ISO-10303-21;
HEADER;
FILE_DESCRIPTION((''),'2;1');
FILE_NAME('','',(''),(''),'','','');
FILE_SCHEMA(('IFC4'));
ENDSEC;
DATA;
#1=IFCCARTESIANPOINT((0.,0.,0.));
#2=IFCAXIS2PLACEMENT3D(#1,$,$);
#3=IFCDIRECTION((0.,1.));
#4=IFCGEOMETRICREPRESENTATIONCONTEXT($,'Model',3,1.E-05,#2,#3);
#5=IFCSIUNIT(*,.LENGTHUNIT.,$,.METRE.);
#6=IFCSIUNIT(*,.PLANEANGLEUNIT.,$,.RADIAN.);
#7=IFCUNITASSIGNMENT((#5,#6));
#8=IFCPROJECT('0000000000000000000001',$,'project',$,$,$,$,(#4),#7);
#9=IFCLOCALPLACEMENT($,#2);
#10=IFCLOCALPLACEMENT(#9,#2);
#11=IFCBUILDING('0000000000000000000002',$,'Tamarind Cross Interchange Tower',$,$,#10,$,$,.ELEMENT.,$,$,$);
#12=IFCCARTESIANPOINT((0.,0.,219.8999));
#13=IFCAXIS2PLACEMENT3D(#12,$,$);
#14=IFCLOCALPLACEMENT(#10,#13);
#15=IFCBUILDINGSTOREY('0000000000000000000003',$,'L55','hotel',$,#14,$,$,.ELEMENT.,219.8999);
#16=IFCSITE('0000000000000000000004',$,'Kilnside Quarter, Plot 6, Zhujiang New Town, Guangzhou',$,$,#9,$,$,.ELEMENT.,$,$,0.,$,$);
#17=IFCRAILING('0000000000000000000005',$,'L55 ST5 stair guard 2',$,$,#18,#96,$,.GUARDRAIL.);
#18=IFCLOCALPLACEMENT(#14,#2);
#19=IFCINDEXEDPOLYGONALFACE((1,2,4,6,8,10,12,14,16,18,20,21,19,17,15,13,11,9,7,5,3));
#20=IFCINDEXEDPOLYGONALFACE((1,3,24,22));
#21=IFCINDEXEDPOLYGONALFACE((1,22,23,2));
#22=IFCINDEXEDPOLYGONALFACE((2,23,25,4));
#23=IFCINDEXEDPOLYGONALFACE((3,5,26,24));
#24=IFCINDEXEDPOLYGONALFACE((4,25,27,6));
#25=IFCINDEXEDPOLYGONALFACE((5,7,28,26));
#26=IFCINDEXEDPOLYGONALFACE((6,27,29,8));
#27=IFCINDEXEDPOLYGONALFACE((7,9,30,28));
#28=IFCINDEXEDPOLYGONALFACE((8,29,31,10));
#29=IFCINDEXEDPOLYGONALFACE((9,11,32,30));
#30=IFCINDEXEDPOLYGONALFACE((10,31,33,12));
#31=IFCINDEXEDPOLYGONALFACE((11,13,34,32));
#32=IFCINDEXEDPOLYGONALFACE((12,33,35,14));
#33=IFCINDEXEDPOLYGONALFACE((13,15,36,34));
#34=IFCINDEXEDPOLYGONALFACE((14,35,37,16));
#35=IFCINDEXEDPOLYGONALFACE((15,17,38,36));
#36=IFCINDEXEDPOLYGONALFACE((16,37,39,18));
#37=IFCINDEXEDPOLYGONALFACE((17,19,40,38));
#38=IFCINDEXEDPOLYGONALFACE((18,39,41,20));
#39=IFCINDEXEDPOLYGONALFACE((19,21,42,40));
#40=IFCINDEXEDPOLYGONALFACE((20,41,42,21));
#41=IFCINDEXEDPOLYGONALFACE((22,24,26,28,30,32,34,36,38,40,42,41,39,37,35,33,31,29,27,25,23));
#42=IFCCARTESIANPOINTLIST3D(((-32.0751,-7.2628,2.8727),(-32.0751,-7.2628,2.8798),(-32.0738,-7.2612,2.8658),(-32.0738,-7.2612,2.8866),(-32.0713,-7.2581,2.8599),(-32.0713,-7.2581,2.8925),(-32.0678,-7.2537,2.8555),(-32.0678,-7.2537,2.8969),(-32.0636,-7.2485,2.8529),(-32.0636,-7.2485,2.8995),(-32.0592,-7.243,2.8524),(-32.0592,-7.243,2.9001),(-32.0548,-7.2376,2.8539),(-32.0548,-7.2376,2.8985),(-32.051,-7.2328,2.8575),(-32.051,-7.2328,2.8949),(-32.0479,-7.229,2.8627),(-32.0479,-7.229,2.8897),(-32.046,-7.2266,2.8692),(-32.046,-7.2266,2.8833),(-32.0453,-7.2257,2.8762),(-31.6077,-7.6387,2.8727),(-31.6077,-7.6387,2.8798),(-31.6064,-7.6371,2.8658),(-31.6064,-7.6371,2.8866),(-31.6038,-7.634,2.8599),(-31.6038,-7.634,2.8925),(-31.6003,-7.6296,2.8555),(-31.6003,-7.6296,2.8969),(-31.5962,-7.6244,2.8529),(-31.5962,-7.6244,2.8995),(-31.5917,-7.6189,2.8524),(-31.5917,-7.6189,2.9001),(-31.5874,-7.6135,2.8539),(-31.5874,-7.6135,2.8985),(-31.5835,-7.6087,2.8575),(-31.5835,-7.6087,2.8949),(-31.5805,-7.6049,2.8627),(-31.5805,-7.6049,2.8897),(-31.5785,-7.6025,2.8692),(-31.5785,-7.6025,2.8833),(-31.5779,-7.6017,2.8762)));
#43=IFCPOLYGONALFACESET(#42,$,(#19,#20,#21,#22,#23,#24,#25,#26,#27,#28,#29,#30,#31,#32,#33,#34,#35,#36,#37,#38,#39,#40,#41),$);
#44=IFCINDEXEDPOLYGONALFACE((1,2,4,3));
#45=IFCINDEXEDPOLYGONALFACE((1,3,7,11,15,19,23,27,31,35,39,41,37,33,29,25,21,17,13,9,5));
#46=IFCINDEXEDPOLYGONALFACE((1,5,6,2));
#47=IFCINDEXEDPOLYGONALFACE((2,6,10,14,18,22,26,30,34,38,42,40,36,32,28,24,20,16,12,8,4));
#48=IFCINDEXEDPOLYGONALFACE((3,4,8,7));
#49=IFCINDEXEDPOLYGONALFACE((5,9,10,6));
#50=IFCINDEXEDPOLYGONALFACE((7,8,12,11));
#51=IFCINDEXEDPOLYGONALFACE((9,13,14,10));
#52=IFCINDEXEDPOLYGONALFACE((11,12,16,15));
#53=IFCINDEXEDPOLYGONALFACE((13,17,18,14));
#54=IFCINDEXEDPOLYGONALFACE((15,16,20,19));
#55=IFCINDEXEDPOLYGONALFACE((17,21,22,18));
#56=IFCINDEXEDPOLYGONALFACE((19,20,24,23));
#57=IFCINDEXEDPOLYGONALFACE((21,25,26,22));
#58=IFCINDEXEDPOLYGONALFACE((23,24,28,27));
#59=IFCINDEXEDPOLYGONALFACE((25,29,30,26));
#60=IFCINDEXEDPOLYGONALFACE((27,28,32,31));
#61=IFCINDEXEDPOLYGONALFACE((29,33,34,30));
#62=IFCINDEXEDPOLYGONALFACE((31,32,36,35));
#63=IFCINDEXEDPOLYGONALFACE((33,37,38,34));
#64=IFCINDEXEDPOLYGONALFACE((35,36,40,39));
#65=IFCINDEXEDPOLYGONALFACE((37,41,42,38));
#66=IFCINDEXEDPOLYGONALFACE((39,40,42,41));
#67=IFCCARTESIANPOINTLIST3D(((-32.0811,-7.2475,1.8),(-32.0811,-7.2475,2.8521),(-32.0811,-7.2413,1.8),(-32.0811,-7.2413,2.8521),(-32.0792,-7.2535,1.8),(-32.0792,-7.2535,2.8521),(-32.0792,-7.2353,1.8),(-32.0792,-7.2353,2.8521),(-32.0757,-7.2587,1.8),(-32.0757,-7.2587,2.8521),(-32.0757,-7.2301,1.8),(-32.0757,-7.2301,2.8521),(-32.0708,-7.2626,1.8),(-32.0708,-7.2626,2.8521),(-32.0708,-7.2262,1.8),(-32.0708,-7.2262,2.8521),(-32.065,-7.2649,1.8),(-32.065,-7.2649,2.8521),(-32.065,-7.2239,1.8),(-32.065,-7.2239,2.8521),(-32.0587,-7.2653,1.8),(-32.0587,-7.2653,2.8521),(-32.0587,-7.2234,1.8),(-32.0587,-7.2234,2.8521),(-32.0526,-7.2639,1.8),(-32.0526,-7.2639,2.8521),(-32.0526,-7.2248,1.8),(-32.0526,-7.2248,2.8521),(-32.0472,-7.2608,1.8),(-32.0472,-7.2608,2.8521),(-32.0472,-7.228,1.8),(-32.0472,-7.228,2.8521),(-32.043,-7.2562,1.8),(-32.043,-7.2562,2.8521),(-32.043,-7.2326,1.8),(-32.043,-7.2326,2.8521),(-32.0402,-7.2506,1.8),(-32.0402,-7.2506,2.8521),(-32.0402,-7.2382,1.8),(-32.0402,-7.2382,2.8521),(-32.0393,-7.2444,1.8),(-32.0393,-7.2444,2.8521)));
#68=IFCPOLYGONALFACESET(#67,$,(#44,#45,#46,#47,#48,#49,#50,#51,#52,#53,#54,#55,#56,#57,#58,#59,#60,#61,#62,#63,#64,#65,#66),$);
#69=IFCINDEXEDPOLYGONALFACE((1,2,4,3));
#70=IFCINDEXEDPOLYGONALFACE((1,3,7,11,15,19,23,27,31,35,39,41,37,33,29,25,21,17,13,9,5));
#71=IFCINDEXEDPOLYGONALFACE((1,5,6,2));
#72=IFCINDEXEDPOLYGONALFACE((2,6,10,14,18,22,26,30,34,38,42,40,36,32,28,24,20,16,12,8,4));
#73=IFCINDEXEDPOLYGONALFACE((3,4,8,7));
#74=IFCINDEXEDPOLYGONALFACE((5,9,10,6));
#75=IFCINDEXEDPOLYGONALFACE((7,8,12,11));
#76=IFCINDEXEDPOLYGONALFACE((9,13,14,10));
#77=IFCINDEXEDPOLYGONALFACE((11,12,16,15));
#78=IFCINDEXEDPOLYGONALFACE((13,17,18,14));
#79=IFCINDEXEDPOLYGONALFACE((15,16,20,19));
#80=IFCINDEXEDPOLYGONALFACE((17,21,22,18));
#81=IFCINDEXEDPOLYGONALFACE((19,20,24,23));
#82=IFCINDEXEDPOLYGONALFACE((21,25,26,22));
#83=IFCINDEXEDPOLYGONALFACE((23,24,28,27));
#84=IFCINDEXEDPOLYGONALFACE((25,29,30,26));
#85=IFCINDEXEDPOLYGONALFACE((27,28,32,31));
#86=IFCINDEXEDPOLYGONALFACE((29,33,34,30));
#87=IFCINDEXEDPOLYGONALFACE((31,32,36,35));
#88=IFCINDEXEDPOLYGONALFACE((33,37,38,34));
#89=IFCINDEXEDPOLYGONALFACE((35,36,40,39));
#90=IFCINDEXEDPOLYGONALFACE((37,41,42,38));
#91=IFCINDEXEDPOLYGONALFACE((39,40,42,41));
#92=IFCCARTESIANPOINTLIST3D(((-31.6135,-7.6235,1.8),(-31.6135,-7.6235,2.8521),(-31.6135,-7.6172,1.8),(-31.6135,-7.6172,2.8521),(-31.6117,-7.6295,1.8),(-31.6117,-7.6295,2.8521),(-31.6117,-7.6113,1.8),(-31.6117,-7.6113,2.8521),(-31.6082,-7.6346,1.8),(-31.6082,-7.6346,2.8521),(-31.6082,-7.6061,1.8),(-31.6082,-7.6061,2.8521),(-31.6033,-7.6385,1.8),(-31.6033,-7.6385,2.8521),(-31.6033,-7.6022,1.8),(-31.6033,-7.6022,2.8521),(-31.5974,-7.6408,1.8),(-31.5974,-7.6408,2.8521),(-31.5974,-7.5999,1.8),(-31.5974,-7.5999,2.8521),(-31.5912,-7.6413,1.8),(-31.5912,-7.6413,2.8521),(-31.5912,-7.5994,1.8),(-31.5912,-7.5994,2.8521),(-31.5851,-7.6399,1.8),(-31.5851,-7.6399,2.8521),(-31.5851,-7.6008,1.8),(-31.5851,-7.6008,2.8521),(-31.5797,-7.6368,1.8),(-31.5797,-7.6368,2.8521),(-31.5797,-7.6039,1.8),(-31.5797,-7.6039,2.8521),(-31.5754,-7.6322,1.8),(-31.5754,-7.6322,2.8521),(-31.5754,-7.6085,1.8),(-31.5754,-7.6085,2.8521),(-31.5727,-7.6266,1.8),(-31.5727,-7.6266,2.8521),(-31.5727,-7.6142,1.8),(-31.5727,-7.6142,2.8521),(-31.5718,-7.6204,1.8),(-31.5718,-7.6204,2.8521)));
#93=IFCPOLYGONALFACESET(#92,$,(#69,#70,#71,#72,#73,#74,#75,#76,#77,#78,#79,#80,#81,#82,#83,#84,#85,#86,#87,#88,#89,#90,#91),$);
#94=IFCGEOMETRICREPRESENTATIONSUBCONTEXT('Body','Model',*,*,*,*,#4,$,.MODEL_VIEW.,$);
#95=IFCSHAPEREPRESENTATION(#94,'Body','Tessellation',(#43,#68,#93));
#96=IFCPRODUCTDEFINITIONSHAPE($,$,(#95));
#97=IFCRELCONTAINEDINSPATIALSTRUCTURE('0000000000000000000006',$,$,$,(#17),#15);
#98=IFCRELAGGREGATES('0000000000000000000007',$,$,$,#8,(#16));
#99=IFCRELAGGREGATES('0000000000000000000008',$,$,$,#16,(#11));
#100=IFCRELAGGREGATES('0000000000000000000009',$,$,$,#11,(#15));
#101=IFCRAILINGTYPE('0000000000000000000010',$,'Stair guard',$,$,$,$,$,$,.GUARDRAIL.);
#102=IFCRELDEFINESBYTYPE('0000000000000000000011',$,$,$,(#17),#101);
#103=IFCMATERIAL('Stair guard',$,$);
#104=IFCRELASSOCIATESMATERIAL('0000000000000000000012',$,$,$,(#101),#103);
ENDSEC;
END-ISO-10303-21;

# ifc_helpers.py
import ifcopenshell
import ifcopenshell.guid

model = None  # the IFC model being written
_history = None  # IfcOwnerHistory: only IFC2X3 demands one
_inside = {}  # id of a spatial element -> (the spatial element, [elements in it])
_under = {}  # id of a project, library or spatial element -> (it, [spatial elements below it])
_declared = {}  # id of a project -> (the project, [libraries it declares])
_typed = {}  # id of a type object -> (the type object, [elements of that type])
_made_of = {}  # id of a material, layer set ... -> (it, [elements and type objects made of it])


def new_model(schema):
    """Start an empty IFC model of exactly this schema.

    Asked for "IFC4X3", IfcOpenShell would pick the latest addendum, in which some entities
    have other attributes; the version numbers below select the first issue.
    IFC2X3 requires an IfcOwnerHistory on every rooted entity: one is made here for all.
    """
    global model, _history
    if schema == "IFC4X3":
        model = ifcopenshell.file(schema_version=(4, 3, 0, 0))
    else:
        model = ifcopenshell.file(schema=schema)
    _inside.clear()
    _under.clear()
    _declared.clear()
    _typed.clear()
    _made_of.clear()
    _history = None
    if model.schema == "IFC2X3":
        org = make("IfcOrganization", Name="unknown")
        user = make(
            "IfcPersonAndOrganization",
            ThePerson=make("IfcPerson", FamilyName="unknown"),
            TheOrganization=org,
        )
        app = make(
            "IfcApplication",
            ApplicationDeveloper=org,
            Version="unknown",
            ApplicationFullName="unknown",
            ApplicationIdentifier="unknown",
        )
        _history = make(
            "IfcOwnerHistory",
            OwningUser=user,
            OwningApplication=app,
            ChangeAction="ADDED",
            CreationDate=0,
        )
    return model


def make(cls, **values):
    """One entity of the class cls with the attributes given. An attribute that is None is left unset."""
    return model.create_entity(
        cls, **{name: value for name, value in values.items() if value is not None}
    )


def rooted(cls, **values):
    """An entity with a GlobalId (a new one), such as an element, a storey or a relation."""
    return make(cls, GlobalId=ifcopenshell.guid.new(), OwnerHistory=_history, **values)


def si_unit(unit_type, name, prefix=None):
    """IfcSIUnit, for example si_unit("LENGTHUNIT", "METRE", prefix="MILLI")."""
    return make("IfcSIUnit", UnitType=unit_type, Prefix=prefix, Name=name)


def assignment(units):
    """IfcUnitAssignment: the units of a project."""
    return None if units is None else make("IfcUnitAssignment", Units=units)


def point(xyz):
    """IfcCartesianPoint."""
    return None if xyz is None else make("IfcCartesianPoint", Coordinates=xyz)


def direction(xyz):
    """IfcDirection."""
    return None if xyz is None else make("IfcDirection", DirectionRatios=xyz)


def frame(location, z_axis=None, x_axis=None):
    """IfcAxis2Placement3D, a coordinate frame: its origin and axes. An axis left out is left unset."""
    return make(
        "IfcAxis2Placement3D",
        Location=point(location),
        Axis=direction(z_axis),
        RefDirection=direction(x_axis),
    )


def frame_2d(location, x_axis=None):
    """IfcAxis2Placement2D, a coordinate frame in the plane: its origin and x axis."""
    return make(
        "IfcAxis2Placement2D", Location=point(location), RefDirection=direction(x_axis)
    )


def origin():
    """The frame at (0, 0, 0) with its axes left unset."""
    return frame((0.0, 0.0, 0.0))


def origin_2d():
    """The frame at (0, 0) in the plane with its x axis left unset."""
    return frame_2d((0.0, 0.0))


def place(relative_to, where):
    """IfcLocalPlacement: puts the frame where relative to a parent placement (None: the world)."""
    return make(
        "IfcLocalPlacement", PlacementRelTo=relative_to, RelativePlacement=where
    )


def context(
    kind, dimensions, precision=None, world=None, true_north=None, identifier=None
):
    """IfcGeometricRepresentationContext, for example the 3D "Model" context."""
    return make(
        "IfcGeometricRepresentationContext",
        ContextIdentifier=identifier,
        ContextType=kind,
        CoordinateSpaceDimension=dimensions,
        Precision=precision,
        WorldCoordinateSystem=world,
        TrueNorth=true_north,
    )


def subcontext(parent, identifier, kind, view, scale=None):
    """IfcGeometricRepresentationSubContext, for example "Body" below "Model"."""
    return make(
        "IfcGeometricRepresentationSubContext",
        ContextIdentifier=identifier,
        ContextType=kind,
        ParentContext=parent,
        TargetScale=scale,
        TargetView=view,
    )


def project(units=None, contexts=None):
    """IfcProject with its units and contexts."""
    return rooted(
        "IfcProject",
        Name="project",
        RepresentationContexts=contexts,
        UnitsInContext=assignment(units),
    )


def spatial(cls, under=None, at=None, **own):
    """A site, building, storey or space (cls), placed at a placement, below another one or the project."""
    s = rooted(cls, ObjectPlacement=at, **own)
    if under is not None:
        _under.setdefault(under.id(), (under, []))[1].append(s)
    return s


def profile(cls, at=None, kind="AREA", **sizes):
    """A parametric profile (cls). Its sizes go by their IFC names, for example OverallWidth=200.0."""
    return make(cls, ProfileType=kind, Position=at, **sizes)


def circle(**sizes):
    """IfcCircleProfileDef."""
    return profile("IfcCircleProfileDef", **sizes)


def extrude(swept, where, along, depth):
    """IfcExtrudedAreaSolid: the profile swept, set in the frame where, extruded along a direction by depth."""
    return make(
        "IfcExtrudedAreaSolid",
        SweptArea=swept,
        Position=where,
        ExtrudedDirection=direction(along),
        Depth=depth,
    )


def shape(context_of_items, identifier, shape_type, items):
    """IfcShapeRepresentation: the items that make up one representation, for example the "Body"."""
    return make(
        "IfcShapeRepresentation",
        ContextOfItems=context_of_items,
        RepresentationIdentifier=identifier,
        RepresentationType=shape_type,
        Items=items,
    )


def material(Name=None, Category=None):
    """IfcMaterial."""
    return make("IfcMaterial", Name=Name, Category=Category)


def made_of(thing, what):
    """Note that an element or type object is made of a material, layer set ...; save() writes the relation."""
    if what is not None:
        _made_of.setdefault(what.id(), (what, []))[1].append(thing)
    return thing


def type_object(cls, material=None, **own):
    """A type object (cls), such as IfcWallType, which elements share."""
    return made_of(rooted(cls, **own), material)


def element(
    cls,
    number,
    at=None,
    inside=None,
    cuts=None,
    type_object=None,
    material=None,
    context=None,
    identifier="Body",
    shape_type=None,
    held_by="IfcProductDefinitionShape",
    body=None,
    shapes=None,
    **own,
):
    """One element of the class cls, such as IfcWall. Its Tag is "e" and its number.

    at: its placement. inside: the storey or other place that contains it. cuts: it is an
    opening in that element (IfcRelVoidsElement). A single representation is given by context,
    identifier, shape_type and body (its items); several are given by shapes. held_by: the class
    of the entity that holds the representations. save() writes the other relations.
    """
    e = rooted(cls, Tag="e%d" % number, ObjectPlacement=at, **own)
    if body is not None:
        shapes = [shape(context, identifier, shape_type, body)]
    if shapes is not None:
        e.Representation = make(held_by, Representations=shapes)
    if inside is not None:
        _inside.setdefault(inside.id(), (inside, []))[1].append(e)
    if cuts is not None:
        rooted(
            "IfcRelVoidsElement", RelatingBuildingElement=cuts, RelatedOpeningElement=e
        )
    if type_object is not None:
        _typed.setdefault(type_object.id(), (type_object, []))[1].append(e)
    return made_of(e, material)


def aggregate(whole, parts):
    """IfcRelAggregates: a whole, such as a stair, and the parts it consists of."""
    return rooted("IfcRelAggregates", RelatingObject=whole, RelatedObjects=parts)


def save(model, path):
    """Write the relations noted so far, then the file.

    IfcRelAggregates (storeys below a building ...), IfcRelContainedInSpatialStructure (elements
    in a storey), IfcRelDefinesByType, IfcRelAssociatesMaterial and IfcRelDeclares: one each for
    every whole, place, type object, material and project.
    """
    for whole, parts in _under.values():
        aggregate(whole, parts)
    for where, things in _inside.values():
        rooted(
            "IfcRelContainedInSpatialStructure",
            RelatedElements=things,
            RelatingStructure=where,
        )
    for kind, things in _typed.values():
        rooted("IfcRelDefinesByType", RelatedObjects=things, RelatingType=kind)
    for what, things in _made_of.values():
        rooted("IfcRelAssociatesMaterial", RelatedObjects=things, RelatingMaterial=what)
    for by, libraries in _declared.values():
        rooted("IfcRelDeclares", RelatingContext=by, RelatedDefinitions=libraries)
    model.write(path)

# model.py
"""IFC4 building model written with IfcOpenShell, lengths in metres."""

from ifc_helpers import new_model, si_unit, direction, frame, origin, origin_2d, place, context, subcontext, project, spatial, circle, extrude, material, type_object, element, save


model = new_model("IFC4")

# Units and contexts
model_context = context("Model", 3, precision=1e-05, world=origin(), true_north=direction((0.0, 1.0)))
body_context = subcontext(model_context, "Body", "Model", "MODEL_VIEW")
ifc_project = project(units=[si_unit("LENGTHUNIT", "METRE"), si_unit("PLANEANGLEUNIT", "RADIAN")], contexts=[model_context])

# Site, building, storey
site_placement = place(None, origin())
site = spatial("IfcSite", under=ifc_project, at=site_placement, Name="Kilnside Quarter, Plot 6, Zhujiang New Town, Guangzhou", CompositionType="ELEMENT", RefElevation=0.0)
building_placement = place(site_placement, origin())
building = spatial("IfcBuilding", under=site, at=building_placement, Name="Tamarind Cross Interchange Tower", CompositionType="ELEMENT")
storey_placement = place(building_placement, frame((0.0, 0.0, 219.8999)))
storey = spatial("IfcBuildingStorey", under=building, at=storey_placement, Name="L55", Description="hotel", CompositionType="ELEMENT", Elevation=219.8999)

# Railing
ifc_material_1 = material(Name="Stair guard")
railing_type_1 = type_object("IfcRailingType", Name="Stair guard", PredefinedType="GUARDRAIL", material=ifc_material_1)
railing_1_placement = place(storey_placement, frame((-32.0603, -7.2444, 1.8)))
element("IfcRailing", 1, at=railing_1_placement, inside=storey, type_object=railing_type_1, Name="L55 ST5 stair guard 2", PredefinedType="GUARDRAIL", context=body_context, shape_type="SweptSolid", body=[
    extrude(circle(Radius=0.0239, at=origin_2d()), frame((0.0, 0.0, 1.0762), z_axis=(0.779278, -0.626678, 0.0), x_axis=(0.626678, 0.779278, 0.0)), (0.0, 0.0, 1.0), 0.5999),
    extrude(circle(Radius=0.021, at=origin_2d()), origin(), (0.0, 0.0, 1.0), 1.052),
    extrude(circle(Radius=0.021, at=origin_2d()), frame((0.4675, -0.376, 0.0)), (0.0, 0.0, 1.0), 1.052),
])

save(model, "model.ifc")
